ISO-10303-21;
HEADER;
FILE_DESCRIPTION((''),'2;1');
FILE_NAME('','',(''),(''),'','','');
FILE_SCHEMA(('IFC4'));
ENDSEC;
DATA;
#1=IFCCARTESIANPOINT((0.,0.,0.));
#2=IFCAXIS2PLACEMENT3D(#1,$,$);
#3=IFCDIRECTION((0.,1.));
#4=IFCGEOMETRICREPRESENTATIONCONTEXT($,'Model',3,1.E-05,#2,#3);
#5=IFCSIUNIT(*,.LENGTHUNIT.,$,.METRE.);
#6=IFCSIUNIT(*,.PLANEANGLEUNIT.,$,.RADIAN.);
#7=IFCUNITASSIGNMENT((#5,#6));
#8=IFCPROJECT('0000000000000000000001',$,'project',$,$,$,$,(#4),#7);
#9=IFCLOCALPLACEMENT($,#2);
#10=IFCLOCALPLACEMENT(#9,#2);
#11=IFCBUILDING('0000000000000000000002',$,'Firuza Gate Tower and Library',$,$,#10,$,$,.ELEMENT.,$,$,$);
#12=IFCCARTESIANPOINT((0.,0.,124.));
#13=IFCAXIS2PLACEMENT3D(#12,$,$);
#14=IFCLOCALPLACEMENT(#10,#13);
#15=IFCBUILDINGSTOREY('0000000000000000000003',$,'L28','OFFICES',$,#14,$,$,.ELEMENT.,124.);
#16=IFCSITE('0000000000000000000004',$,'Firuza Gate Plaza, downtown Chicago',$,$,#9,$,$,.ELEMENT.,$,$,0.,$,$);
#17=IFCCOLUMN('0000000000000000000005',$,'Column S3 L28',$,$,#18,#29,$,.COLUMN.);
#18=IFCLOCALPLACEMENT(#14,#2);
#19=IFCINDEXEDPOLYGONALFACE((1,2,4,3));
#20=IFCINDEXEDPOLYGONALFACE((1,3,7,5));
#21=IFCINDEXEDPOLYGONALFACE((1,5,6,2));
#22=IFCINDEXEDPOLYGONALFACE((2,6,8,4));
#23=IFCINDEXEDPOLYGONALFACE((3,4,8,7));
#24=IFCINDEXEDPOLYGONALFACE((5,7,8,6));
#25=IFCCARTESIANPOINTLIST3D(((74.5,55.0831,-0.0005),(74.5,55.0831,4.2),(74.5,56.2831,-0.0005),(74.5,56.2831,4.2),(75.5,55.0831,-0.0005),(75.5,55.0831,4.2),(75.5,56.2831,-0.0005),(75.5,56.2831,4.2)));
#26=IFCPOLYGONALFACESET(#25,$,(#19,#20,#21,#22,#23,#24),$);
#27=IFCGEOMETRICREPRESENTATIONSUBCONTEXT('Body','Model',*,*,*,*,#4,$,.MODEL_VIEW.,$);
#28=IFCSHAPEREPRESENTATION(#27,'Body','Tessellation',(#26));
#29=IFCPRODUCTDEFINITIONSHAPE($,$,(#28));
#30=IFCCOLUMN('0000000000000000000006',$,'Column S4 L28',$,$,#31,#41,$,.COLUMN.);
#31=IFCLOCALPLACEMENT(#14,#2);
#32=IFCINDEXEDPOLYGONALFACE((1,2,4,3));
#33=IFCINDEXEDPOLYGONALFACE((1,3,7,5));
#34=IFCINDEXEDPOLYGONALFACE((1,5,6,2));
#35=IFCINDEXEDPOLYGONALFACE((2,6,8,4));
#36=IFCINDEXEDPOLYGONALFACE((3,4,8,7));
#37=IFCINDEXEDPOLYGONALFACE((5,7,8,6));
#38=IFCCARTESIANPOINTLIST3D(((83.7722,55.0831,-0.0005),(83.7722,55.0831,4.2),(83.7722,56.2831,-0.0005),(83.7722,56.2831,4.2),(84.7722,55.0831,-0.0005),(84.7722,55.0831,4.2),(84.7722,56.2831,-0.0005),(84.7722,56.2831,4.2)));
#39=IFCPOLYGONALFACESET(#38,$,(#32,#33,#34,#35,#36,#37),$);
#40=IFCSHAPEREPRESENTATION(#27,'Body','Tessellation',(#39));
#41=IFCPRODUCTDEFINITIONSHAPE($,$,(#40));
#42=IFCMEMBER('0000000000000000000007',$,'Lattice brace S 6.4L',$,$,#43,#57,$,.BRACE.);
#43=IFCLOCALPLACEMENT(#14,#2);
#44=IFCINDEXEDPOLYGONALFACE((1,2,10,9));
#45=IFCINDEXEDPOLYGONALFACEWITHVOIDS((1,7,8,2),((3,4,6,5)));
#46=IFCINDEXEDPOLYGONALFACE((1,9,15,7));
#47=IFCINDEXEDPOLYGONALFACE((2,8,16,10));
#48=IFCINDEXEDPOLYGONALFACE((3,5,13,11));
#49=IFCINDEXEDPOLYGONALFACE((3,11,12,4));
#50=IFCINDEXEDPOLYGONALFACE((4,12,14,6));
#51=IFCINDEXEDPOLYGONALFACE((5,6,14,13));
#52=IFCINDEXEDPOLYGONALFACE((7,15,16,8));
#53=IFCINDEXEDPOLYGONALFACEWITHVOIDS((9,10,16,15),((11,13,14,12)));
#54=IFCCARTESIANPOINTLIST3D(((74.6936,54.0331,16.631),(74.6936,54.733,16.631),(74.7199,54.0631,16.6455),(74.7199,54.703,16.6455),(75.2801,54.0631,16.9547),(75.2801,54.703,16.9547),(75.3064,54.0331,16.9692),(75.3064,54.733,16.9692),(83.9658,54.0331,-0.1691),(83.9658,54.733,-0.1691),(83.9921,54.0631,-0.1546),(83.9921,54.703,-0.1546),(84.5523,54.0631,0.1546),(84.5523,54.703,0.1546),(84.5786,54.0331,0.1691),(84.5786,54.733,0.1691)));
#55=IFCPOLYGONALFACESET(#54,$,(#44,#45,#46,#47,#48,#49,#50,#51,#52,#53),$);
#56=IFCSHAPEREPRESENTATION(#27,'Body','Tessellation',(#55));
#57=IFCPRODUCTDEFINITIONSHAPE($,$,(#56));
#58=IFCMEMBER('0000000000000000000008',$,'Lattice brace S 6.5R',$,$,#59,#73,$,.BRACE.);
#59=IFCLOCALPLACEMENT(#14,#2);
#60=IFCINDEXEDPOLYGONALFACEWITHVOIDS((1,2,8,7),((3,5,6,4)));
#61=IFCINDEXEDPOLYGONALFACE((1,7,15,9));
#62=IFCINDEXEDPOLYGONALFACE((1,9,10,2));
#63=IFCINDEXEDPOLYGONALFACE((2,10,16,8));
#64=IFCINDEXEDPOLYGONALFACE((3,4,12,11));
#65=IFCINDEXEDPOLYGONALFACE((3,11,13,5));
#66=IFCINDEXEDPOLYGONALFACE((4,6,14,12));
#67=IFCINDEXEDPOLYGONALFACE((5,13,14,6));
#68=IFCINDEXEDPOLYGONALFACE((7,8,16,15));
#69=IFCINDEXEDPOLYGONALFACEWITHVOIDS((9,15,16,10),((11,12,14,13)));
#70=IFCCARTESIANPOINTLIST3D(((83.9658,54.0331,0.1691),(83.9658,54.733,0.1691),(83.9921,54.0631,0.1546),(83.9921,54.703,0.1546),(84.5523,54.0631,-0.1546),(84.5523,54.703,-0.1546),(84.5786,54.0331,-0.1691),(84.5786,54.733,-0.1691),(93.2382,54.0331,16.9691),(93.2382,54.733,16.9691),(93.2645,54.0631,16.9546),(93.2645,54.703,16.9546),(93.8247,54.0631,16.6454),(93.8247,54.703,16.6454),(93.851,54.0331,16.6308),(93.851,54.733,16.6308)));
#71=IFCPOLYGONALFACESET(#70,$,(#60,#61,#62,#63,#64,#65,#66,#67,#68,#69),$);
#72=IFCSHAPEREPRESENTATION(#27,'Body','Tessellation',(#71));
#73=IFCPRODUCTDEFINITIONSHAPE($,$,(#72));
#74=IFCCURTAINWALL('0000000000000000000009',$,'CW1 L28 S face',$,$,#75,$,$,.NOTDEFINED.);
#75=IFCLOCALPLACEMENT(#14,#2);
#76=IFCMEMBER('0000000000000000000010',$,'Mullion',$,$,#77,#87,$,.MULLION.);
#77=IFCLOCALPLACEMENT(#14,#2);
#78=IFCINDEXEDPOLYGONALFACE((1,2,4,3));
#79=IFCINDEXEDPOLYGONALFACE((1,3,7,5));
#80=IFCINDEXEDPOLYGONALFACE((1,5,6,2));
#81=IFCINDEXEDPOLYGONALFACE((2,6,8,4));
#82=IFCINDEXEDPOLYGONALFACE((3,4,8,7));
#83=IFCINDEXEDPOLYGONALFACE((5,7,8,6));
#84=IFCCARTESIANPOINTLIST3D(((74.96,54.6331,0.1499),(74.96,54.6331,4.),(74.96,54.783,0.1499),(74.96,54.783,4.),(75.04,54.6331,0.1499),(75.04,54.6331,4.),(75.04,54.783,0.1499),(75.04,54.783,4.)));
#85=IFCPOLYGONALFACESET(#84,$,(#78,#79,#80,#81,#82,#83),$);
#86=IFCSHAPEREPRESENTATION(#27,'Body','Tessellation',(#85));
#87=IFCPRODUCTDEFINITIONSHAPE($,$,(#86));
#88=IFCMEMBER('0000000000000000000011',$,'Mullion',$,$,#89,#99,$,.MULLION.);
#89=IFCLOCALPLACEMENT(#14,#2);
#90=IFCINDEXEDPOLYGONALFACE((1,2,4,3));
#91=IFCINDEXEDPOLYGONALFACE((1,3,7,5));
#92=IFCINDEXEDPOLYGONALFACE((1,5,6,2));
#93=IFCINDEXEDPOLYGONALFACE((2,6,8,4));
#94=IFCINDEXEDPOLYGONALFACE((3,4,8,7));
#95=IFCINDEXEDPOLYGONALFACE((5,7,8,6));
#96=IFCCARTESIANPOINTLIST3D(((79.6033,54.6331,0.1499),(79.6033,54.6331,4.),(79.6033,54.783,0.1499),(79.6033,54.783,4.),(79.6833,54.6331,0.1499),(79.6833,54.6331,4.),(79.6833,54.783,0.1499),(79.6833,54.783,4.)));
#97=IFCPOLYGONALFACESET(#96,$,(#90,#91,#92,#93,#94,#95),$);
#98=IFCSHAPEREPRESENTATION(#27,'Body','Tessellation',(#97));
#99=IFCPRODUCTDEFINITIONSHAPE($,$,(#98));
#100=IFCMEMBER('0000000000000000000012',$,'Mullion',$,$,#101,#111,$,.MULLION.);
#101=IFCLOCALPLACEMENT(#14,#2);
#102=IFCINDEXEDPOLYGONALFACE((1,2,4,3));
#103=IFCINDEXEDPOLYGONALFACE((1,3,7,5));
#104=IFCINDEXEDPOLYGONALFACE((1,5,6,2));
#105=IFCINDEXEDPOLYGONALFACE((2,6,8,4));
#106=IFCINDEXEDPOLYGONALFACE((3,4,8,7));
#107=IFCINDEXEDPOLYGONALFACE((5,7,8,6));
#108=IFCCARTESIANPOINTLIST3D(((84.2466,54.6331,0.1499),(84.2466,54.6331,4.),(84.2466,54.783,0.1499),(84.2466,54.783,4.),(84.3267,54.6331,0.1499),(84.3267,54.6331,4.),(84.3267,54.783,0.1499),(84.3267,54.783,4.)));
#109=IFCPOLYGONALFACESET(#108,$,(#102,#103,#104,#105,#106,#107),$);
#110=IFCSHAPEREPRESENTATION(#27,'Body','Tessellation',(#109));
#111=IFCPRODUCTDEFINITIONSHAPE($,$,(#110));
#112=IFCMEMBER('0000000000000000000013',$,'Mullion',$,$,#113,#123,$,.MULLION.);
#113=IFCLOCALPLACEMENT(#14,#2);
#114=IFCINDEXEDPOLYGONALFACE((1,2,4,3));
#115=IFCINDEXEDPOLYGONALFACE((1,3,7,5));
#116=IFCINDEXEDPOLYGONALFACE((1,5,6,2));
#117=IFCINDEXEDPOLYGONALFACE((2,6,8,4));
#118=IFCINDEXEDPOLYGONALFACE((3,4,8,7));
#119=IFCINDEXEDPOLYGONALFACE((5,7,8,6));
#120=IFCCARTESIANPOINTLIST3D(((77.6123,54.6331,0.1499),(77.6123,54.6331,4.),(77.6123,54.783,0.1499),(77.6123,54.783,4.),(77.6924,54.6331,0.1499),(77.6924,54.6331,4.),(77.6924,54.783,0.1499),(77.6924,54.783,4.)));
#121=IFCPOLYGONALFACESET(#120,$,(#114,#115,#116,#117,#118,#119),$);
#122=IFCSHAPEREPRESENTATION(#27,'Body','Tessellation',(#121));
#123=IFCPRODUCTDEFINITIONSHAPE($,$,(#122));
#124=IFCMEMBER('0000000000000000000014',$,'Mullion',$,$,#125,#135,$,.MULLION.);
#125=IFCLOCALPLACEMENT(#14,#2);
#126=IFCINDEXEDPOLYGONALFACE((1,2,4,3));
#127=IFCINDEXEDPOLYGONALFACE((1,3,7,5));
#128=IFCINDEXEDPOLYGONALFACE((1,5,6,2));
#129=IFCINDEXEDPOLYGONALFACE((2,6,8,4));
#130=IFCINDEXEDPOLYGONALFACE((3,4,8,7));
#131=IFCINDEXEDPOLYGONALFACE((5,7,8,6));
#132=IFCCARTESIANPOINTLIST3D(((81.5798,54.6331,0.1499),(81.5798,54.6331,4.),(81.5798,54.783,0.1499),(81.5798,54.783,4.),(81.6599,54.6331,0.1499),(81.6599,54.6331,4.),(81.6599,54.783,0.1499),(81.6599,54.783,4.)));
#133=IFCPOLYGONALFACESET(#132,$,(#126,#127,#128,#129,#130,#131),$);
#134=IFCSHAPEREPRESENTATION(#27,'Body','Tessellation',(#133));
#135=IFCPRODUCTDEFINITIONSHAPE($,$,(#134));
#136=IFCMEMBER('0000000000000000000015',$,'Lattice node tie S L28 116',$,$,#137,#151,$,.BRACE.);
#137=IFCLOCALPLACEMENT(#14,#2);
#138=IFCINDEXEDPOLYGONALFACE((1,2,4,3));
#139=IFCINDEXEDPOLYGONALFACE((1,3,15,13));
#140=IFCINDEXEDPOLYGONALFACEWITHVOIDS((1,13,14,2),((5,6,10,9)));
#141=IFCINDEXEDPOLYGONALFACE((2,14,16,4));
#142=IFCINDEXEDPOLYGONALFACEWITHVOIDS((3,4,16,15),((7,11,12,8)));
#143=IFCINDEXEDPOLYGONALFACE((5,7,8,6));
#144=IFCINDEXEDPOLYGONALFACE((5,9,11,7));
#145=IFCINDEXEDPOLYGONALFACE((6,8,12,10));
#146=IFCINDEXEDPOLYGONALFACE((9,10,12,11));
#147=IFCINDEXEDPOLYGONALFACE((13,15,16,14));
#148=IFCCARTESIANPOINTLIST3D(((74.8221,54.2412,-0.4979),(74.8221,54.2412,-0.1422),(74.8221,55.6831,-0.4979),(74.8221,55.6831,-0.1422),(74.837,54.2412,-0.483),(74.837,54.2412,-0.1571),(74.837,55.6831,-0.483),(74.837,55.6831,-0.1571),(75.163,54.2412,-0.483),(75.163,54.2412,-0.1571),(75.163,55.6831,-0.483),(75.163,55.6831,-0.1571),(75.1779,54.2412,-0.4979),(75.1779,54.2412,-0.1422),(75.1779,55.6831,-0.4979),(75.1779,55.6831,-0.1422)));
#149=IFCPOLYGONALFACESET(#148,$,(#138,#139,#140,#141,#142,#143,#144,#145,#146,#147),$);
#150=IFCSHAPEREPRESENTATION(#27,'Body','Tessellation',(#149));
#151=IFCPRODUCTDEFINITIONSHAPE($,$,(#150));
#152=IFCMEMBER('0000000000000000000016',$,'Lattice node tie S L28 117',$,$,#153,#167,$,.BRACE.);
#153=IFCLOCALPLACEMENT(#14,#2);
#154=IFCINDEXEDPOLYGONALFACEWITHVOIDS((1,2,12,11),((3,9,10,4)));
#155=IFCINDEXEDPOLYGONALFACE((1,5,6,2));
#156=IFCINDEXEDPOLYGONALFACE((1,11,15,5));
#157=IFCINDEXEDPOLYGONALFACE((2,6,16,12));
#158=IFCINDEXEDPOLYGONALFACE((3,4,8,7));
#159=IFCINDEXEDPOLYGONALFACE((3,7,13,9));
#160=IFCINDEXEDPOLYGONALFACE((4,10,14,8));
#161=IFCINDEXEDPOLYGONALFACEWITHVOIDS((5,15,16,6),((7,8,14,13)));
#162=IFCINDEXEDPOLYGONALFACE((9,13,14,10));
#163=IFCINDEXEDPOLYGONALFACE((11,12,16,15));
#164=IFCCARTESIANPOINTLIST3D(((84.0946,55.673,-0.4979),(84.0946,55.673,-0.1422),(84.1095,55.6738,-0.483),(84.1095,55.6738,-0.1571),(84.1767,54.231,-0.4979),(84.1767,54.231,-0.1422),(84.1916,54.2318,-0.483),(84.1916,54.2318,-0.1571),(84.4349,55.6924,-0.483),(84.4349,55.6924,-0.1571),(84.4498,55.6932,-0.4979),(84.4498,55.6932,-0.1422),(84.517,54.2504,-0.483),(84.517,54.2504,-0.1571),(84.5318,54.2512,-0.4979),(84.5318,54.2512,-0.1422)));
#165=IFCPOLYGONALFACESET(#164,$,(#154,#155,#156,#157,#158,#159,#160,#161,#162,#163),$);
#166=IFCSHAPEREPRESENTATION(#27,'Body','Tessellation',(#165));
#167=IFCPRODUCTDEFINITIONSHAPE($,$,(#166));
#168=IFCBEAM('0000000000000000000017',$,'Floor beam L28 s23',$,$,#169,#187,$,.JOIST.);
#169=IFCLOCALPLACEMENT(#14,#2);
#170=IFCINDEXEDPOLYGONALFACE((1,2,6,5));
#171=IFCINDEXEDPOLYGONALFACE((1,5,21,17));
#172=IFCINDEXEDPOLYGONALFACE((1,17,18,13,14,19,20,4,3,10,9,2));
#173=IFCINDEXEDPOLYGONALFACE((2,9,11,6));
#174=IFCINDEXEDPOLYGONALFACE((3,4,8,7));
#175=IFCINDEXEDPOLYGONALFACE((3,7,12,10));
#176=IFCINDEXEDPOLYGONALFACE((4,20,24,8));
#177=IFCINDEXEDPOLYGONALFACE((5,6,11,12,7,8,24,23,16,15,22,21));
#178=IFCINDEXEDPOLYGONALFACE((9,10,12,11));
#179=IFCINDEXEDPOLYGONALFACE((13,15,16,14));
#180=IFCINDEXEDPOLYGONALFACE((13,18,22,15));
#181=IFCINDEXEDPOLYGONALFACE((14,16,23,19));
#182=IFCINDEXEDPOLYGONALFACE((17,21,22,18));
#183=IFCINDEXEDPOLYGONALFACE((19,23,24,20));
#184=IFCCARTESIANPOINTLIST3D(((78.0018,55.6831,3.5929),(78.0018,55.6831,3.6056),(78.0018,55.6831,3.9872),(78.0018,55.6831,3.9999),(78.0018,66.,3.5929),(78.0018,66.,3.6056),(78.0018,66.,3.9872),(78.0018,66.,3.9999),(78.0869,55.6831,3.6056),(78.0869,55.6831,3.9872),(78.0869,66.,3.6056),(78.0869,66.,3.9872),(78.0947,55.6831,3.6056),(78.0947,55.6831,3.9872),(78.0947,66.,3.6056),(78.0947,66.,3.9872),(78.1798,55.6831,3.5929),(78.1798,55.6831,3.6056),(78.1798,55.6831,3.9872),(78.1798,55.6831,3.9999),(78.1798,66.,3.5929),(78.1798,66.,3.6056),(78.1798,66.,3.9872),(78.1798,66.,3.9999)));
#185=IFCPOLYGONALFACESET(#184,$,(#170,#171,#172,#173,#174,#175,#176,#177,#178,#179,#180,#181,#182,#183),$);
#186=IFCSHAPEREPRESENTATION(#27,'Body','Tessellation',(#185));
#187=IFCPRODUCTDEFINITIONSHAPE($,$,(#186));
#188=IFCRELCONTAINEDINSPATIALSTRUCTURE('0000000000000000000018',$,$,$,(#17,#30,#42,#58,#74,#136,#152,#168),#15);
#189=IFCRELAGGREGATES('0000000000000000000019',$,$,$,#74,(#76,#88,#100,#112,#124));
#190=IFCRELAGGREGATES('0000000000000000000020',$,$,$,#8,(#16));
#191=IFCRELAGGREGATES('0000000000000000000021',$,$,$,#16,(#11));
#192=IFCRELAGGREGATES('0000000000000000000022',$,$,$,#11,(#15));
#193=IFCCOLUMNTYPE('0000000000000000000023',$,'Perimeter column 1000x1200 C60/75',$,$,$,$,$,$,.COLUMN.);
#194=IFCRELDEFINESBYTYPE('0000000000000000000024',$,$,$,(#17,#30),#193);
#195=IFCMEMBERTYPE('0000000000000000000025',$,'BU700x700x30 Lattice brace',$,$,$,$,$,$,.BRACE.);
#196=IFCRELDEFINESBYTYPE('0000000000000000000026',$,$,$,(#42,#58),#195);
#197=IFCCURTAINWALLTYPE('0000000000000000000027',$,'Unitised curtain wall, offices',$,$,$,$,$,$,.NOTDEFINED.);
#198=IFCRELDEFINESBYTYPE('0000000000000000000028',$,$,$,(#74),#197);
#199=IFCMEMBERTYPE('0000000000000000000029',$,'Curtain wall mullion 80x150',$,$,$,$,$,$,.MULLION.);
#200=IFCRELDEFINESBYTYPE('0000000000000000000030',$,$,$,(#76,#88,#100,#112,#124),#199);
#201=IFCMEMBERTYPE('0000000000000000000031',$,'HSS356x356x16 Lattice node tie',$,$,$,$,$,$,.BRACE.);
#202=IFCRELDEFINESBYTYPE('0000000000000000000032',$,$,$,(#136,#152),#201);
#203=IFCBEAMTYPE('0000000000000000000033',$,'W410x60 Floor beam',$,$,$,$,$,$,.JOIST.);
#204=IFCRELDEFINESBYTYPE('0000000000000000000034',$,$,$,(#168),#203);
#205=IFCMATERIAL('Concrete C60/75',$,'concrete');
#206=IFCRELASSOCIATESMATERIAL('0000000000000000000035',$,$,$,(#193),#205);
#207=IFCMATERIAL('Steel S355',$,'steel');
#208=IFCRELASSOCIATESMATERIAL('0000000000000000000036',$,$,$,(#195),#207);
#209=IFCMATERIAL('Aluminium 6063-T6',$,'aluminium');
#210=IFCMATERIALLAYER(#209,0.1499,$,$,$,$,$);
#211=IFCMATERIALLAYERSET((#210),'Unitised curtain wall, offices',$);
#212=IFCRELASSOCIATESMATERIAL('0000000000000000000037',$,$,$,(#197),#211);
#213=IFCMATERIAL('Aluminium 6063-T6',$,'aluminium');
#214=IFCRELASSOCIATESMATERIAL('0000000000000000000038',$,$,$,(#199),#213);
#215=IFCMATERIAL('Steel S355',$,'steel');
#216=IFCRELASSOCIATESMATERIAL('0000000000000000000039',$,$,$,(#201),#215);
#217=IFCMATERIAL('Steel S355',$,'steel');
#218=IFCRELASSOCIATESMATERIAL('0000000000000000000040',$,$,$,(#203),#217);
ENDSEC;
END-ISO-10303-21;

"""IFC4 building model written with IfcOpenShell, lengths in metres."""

from ifc_helpers import new_model, si_unit, direction, frame, origin, origin_2d, place, context, subcontext, project, spatial, rectangle, hollow_rectangle, i_section, extrude, material, layer, layer_set, material_profile, profile_set, type_object, element, aggregate, save


model = new_model("IFC4")

# Units and contexts
model_context = context("Model", 3, precision=1e-05, world=origin(), true_north=direction((0.0, 1.0)))
body_context = subcontext(model_context, "Body", "Model", "MODEL_VIEW")
ifc_project = project(units=[si_unit("LENGTHUNIT", "METRE"), si_unit("PLANEANGLEUNIT", "RADIAN")], contexts=[model_context])

# Site, building, storey
site_placement = place(None, origin())
site = spatial("IfcSite", under=ifc_project, at=site_placement, Name="Firuza Gate Plaza, downtown Chicago", CompositionType="ELEMENT", RefElevation=0.0)
building_placement = place(site_placement, origin())
building = spatial("IfcBuilding", under=site, at=building_placement, Name="Firuza Gate Tower and Library", CompositionType="ELEMENT")
storey_placement = place(building_placement, frame((0.0, 0.0, 124.0)))
storey = spatial("IfcBuildingStorey", under=building, at=storey_placement, Name="L28", Description="OFFICES", CompositionType="ELEMENT", Elevation=124.0)

# Columns
ifc_material_1 = material(Name="Concrete C60/75", Category="concrete")
ifc_material_profile_1 = material_profile(ifc_material_1, rectangle(XDim=1.0, YDim=1.2, at=origin_2d()))
ifc_profile_set_1 = profile_set([ifc_material_profile_1], Name="Concrete C60/75")
column_type = type_object("IfcColumnType", Name="Perimeter column 1000x1200 C60/75", PredefinedType="COLUMN", material=ifc_profile_set_1)
for number, where, z_axis, x_axis, name in (
    (1, (75.0, 55.6831, -0.0005), (0.0, 0.0, 1.0), (1.0, 0.0, 0.0), "Column S3 L28"),
    (2, (84.2722, 55.6831, -0.0005), (0.0, 0.0, 1.0), (1.0, 0.0, 0.0), "Column S4 L28"),
):
    element("IfcColumn", number, at=place(storey_placement, frame(where, z_axis=z_axis, x_axis=x_axis)), inside=storey, type_object=column_type, Name=name, PredefinedType="COLUMN", context=body_context, shape_type="SweptSolid", body=[
        extrude(rectangle(XDim=1.0, YDim=1.2, at=origin_2d()), origin(), (0.0, 0.0, 1.0), 4.2004),
    ])

# Members
ifc_material_2 = material(Name="Steel S355", Category="steel")
ifc_material_profile_2 = material_profile(ifc_material_2, hollow_rectangle(XDim=0.7, YDim=0.7, WallThickness=0.03, at=origin_2d()))
ifc_profile_set_2 = profile_set([ifc_material_profile_2], Name="Steel S355")
member_type_1 = type_object("IfcMemberType", Name="BU700x700x30 Lattice brace", PredefinedType="BRACE", material=ifc_profile_set_2)
for number, where, z_axis, x_axis, name in (
    (3, (84.2722, 54.3831, 0.0), (-0.483206, 0.0, 0.875507), (0.0, -1.0, 0.0), "Lattice brace S 6.4L"),
    (4, (84.2722, 54.3831, 0.0), (0.483216, 0.0, 0.875501), (0.0, 1.0, 0.0), "Lattice brace S 6.5R"),
):
    element("IfcMember", number, at=place(storey_placement, frame(where, z_axis=z_axis, x_axis=x_axis)), inside=storey, type_object=member_type_1, Name=name, PredefinedType="BRACE", context=body_context, shape_type="SweptSolid", body=[
        extrude(hollow_rectangle(XDim=0.7, YDim=0.7, WallThickness=0.03, at=origin_2d()), origin(), (0.0, 0.0, 1.0), 19.189),
    ])

# Curtain wall, members
ifc_material_3 = material(Name="Aluminium 6063-T6", Category="aluminium")
ifc_layer_1 = layer(ifc_material_3, 0.1499)
ifc_layer_set_1 = layer_set([ifc_layer_1], Name="Unitised curtain wall, offices")
curtain_wall_type = type_object("IfcCurtainWallType", Name="Unitised curtain wall, offices", PredefinedType="NOTDEFINED", material=ifc_layer_set_1)
curtain_wall_placement = place(storey_placement, origin())
curtain_wall = element("IfcCurtainWall", 5, at=curtain_wall_placement, inside=storey, type_object=curtain_wall_type, Name="CW1 L28 S face", PredefinedType="NOTDEFINED")
ifc_material_4 = material(Name="Aluminium 6063-T6", Category="aluminium")
ifc_material_profile_3 = material_profile(ifc_material_4, rectangle(XDim=0.1499, YDim=0.0801, at=origin_2d()))
ifc_profile_set_3 = profile_set([ifc_material_profile_3], Name="Aluminium 6063-T6")
member_type_2 = type_object("IfcMemberType", Name="Curtain wall mullion 80x150", PredefinedType="MULLION", material=ifc_profile_set_3)
member_1_placement = place(storey_placement, frame((75.0, 54.708, 0.1499), z_axis=(0.0, 0.0, 1.0), x_axis=(0.0, 1.0, 0.0)))
member_1 = element("IfcMember", 6, at=member_1_placement, type_object=member_type_2, Name="Mullion", PredefinedType="MULLION", context=body_context, shape_type="SweptSolid", body=[
    extrude(rectangle(XDim=0.1499, YDim=0.0801, at=origin_2d()), origin(), (0.0, 0.0, 1.0), 3.8501),
])
member_2_placement = place(storey_placement, frame((79.6433, 54.708, 0.1499), z_axis=(0.0, 0.0, 1.0), x_axis=(0.0, 1.0, 0.0)))
member_2 = element("IfcMember", 7, at=member_2_placement, type_object=member_type_2, Name="Mullion", PredefinedType="MULLION", context=body_context, shape_type="SweptSolid", body=[
    extrude(rectangle(XDim=0.1499, YDim=0.0801, at=origin_2d()), origin(), (0.0, 0.0, 1.0), 3.8501),
])
member_3_placement = place(storey_placement, frame((84.2866, 54.708, 0.1499), z_axis=(0.0, 0.0, 1.0), x_axis=(0.0, 1.0, 0.0)))
member_3 = element("IfcMember", 8, at=member_3_placement, type_object=member_type_2, Name="Mullion", PredefinedType="MULLION", context=body_context, shape_type="SweptSolid", body=[
    extrude(rectangle(XDim=0.1499, YDim=0.0801, at=origin_2d()), origin(), (0.0, 0.0, 1.0), 3.8501),
])
member_4_placement = place(storey_placement, frame((77.6523, 54.708, 0.1499), z_axis=(0.0, 0.0, 1.0), x_axis=(0.0, 1.0, 0.0)))
member_4 = element("IfcMember", 9, at=member_4_placement, type_object=member_type_2, Name="Mullion", PredefinedType="MULLION", context=body_context, shape_type="SweptSolid", body=[
    extrude(rectangle(XDim=0.1499, YDim=0.0801, at=origin_2d()), origin(), (0.0, 0.0, 1.0), 3.8501),
])
member_5_placement = place(storey_placement, frame((81.6199, 54.708, 0.1499), z_axis=(0.0, 0.0, 1.0), x_axis=(0.0, 1.0, 0.0)))
member_5 = element("IfcMember", 10, at=member_5_placement, type_object=member_type_2, Name="Mullion", PredefinedType="MULLION", context=body_context, shape_type="SweptSolid", body=[
    extrude(rectangle(XDim=0.1499, YDim=0.0801, at=origin_2d()), origin(), (0.0, 0.0, 1.0), 3.8501),
])

# Members
ifc_material_5 = material(Name="Steel S355", Category="steel")
ifc_material_profile_4 = material_profile(ifc_material_5, hollow_rectangle(XDim=0.3557, YDim=0.3557, WallThickness=0.0149, at=origin_2d()))
ifc_profile_set_4 = profile_set([ifc_material_profile_4], Name="Steel S355")
member_type_3 = type_object("IfcMemberType", Name="HSS356x356x16 Lattice node tie", PredefinedType="BRACE", material=ifc_profile_set_4)
member_6_placement = place(storey_placement, frame((75.0, 55.6831, -0.3201), z_axis=(0.0, -1.0, 0.0), x_axis=(1.0, 0.0, 0.0)))
element("IfcMember", 11, at=member_6_placement, inside=storey, type_object=member_type_3, Name="Lattice node tie S L28 116", PredefinedType="BRACE", context=body_context, shape_type="SweptSolid", body=[
    extrude(hollow_rectangle(XDim=0.3557, YDim=0.3557, WallThickness=0.0149, at=origin_2d()), origin(), (0.0, 0.0, 1.0), 1.4419),
])
member_7_placement = place(storey_placement, frame((84.2722, 55.6831, -0.3201), z_axis=(0.056799, -0.998386, 0.0), x_axis=(0.998386, 0.056799, 0.0)))
element("IfcMember", 12, at=member_7_placement, inside=storey, type_object=member_type_3, Name="Lattice node tie S L28 117", PredefinedType="BRACE", context=body_context, shape_type="SweptSolid", body=[
    extrude(hollow_rectangle(XDim=0.3557, YDim=0.3557, WallThickness=0.0149, at=origin_2d()), origin(), (0.0, 0.0, 1.0), 1.4443),
])

# Beam
ifc_material_6 = material(Name="Steel S355", Category="steel")
ifc_material_profile_5 = material_profile(ifc_material_6, i_section(OverallWidth=0.178, OverallDepth=0.407, WebThickness=0.0078, FlangeThickness=0.0127, at=origin_2d()))
ifc_profile_set_5 = profile_set([ifc_material_profile_5], Name="Steel S355")
beam_type_1 = type_object("IfcBeamType", Name="W410x60 Floor beam", PredefinedType="JOIST", material=ifc_profile_set_5)
for number, where, z_axis, x_axis, name in (
    (13, (78.0908, 55.6831, 3.7964), (0.0, 1.0, 0.0), (-1.0, 0.0, 0.0), "Floor beam L28 s23"),
):
    element("IfcBeam", number, at=place(storey_placement, frame(where, z_axis=z_axis, x_axis=x_axis)), inside=storey, type_object=beam_type_1, Name=name, PredefinedType="JOIST", context=body_context, shape_type="SweptSolid", body=[
        extrude(i_section(OverallWidth=0.178, OverallDepth=0.407, WebThickness=0.0078, FlangeThickness=0.0127, at=origin_2d()), origin(), (0.0, 0.0, 1.0), 10.3169),
    ])

aggregate(curtain_wall, [member_1, member_2, member_3, member_4, member_5])

save(model, "model.ifc")
